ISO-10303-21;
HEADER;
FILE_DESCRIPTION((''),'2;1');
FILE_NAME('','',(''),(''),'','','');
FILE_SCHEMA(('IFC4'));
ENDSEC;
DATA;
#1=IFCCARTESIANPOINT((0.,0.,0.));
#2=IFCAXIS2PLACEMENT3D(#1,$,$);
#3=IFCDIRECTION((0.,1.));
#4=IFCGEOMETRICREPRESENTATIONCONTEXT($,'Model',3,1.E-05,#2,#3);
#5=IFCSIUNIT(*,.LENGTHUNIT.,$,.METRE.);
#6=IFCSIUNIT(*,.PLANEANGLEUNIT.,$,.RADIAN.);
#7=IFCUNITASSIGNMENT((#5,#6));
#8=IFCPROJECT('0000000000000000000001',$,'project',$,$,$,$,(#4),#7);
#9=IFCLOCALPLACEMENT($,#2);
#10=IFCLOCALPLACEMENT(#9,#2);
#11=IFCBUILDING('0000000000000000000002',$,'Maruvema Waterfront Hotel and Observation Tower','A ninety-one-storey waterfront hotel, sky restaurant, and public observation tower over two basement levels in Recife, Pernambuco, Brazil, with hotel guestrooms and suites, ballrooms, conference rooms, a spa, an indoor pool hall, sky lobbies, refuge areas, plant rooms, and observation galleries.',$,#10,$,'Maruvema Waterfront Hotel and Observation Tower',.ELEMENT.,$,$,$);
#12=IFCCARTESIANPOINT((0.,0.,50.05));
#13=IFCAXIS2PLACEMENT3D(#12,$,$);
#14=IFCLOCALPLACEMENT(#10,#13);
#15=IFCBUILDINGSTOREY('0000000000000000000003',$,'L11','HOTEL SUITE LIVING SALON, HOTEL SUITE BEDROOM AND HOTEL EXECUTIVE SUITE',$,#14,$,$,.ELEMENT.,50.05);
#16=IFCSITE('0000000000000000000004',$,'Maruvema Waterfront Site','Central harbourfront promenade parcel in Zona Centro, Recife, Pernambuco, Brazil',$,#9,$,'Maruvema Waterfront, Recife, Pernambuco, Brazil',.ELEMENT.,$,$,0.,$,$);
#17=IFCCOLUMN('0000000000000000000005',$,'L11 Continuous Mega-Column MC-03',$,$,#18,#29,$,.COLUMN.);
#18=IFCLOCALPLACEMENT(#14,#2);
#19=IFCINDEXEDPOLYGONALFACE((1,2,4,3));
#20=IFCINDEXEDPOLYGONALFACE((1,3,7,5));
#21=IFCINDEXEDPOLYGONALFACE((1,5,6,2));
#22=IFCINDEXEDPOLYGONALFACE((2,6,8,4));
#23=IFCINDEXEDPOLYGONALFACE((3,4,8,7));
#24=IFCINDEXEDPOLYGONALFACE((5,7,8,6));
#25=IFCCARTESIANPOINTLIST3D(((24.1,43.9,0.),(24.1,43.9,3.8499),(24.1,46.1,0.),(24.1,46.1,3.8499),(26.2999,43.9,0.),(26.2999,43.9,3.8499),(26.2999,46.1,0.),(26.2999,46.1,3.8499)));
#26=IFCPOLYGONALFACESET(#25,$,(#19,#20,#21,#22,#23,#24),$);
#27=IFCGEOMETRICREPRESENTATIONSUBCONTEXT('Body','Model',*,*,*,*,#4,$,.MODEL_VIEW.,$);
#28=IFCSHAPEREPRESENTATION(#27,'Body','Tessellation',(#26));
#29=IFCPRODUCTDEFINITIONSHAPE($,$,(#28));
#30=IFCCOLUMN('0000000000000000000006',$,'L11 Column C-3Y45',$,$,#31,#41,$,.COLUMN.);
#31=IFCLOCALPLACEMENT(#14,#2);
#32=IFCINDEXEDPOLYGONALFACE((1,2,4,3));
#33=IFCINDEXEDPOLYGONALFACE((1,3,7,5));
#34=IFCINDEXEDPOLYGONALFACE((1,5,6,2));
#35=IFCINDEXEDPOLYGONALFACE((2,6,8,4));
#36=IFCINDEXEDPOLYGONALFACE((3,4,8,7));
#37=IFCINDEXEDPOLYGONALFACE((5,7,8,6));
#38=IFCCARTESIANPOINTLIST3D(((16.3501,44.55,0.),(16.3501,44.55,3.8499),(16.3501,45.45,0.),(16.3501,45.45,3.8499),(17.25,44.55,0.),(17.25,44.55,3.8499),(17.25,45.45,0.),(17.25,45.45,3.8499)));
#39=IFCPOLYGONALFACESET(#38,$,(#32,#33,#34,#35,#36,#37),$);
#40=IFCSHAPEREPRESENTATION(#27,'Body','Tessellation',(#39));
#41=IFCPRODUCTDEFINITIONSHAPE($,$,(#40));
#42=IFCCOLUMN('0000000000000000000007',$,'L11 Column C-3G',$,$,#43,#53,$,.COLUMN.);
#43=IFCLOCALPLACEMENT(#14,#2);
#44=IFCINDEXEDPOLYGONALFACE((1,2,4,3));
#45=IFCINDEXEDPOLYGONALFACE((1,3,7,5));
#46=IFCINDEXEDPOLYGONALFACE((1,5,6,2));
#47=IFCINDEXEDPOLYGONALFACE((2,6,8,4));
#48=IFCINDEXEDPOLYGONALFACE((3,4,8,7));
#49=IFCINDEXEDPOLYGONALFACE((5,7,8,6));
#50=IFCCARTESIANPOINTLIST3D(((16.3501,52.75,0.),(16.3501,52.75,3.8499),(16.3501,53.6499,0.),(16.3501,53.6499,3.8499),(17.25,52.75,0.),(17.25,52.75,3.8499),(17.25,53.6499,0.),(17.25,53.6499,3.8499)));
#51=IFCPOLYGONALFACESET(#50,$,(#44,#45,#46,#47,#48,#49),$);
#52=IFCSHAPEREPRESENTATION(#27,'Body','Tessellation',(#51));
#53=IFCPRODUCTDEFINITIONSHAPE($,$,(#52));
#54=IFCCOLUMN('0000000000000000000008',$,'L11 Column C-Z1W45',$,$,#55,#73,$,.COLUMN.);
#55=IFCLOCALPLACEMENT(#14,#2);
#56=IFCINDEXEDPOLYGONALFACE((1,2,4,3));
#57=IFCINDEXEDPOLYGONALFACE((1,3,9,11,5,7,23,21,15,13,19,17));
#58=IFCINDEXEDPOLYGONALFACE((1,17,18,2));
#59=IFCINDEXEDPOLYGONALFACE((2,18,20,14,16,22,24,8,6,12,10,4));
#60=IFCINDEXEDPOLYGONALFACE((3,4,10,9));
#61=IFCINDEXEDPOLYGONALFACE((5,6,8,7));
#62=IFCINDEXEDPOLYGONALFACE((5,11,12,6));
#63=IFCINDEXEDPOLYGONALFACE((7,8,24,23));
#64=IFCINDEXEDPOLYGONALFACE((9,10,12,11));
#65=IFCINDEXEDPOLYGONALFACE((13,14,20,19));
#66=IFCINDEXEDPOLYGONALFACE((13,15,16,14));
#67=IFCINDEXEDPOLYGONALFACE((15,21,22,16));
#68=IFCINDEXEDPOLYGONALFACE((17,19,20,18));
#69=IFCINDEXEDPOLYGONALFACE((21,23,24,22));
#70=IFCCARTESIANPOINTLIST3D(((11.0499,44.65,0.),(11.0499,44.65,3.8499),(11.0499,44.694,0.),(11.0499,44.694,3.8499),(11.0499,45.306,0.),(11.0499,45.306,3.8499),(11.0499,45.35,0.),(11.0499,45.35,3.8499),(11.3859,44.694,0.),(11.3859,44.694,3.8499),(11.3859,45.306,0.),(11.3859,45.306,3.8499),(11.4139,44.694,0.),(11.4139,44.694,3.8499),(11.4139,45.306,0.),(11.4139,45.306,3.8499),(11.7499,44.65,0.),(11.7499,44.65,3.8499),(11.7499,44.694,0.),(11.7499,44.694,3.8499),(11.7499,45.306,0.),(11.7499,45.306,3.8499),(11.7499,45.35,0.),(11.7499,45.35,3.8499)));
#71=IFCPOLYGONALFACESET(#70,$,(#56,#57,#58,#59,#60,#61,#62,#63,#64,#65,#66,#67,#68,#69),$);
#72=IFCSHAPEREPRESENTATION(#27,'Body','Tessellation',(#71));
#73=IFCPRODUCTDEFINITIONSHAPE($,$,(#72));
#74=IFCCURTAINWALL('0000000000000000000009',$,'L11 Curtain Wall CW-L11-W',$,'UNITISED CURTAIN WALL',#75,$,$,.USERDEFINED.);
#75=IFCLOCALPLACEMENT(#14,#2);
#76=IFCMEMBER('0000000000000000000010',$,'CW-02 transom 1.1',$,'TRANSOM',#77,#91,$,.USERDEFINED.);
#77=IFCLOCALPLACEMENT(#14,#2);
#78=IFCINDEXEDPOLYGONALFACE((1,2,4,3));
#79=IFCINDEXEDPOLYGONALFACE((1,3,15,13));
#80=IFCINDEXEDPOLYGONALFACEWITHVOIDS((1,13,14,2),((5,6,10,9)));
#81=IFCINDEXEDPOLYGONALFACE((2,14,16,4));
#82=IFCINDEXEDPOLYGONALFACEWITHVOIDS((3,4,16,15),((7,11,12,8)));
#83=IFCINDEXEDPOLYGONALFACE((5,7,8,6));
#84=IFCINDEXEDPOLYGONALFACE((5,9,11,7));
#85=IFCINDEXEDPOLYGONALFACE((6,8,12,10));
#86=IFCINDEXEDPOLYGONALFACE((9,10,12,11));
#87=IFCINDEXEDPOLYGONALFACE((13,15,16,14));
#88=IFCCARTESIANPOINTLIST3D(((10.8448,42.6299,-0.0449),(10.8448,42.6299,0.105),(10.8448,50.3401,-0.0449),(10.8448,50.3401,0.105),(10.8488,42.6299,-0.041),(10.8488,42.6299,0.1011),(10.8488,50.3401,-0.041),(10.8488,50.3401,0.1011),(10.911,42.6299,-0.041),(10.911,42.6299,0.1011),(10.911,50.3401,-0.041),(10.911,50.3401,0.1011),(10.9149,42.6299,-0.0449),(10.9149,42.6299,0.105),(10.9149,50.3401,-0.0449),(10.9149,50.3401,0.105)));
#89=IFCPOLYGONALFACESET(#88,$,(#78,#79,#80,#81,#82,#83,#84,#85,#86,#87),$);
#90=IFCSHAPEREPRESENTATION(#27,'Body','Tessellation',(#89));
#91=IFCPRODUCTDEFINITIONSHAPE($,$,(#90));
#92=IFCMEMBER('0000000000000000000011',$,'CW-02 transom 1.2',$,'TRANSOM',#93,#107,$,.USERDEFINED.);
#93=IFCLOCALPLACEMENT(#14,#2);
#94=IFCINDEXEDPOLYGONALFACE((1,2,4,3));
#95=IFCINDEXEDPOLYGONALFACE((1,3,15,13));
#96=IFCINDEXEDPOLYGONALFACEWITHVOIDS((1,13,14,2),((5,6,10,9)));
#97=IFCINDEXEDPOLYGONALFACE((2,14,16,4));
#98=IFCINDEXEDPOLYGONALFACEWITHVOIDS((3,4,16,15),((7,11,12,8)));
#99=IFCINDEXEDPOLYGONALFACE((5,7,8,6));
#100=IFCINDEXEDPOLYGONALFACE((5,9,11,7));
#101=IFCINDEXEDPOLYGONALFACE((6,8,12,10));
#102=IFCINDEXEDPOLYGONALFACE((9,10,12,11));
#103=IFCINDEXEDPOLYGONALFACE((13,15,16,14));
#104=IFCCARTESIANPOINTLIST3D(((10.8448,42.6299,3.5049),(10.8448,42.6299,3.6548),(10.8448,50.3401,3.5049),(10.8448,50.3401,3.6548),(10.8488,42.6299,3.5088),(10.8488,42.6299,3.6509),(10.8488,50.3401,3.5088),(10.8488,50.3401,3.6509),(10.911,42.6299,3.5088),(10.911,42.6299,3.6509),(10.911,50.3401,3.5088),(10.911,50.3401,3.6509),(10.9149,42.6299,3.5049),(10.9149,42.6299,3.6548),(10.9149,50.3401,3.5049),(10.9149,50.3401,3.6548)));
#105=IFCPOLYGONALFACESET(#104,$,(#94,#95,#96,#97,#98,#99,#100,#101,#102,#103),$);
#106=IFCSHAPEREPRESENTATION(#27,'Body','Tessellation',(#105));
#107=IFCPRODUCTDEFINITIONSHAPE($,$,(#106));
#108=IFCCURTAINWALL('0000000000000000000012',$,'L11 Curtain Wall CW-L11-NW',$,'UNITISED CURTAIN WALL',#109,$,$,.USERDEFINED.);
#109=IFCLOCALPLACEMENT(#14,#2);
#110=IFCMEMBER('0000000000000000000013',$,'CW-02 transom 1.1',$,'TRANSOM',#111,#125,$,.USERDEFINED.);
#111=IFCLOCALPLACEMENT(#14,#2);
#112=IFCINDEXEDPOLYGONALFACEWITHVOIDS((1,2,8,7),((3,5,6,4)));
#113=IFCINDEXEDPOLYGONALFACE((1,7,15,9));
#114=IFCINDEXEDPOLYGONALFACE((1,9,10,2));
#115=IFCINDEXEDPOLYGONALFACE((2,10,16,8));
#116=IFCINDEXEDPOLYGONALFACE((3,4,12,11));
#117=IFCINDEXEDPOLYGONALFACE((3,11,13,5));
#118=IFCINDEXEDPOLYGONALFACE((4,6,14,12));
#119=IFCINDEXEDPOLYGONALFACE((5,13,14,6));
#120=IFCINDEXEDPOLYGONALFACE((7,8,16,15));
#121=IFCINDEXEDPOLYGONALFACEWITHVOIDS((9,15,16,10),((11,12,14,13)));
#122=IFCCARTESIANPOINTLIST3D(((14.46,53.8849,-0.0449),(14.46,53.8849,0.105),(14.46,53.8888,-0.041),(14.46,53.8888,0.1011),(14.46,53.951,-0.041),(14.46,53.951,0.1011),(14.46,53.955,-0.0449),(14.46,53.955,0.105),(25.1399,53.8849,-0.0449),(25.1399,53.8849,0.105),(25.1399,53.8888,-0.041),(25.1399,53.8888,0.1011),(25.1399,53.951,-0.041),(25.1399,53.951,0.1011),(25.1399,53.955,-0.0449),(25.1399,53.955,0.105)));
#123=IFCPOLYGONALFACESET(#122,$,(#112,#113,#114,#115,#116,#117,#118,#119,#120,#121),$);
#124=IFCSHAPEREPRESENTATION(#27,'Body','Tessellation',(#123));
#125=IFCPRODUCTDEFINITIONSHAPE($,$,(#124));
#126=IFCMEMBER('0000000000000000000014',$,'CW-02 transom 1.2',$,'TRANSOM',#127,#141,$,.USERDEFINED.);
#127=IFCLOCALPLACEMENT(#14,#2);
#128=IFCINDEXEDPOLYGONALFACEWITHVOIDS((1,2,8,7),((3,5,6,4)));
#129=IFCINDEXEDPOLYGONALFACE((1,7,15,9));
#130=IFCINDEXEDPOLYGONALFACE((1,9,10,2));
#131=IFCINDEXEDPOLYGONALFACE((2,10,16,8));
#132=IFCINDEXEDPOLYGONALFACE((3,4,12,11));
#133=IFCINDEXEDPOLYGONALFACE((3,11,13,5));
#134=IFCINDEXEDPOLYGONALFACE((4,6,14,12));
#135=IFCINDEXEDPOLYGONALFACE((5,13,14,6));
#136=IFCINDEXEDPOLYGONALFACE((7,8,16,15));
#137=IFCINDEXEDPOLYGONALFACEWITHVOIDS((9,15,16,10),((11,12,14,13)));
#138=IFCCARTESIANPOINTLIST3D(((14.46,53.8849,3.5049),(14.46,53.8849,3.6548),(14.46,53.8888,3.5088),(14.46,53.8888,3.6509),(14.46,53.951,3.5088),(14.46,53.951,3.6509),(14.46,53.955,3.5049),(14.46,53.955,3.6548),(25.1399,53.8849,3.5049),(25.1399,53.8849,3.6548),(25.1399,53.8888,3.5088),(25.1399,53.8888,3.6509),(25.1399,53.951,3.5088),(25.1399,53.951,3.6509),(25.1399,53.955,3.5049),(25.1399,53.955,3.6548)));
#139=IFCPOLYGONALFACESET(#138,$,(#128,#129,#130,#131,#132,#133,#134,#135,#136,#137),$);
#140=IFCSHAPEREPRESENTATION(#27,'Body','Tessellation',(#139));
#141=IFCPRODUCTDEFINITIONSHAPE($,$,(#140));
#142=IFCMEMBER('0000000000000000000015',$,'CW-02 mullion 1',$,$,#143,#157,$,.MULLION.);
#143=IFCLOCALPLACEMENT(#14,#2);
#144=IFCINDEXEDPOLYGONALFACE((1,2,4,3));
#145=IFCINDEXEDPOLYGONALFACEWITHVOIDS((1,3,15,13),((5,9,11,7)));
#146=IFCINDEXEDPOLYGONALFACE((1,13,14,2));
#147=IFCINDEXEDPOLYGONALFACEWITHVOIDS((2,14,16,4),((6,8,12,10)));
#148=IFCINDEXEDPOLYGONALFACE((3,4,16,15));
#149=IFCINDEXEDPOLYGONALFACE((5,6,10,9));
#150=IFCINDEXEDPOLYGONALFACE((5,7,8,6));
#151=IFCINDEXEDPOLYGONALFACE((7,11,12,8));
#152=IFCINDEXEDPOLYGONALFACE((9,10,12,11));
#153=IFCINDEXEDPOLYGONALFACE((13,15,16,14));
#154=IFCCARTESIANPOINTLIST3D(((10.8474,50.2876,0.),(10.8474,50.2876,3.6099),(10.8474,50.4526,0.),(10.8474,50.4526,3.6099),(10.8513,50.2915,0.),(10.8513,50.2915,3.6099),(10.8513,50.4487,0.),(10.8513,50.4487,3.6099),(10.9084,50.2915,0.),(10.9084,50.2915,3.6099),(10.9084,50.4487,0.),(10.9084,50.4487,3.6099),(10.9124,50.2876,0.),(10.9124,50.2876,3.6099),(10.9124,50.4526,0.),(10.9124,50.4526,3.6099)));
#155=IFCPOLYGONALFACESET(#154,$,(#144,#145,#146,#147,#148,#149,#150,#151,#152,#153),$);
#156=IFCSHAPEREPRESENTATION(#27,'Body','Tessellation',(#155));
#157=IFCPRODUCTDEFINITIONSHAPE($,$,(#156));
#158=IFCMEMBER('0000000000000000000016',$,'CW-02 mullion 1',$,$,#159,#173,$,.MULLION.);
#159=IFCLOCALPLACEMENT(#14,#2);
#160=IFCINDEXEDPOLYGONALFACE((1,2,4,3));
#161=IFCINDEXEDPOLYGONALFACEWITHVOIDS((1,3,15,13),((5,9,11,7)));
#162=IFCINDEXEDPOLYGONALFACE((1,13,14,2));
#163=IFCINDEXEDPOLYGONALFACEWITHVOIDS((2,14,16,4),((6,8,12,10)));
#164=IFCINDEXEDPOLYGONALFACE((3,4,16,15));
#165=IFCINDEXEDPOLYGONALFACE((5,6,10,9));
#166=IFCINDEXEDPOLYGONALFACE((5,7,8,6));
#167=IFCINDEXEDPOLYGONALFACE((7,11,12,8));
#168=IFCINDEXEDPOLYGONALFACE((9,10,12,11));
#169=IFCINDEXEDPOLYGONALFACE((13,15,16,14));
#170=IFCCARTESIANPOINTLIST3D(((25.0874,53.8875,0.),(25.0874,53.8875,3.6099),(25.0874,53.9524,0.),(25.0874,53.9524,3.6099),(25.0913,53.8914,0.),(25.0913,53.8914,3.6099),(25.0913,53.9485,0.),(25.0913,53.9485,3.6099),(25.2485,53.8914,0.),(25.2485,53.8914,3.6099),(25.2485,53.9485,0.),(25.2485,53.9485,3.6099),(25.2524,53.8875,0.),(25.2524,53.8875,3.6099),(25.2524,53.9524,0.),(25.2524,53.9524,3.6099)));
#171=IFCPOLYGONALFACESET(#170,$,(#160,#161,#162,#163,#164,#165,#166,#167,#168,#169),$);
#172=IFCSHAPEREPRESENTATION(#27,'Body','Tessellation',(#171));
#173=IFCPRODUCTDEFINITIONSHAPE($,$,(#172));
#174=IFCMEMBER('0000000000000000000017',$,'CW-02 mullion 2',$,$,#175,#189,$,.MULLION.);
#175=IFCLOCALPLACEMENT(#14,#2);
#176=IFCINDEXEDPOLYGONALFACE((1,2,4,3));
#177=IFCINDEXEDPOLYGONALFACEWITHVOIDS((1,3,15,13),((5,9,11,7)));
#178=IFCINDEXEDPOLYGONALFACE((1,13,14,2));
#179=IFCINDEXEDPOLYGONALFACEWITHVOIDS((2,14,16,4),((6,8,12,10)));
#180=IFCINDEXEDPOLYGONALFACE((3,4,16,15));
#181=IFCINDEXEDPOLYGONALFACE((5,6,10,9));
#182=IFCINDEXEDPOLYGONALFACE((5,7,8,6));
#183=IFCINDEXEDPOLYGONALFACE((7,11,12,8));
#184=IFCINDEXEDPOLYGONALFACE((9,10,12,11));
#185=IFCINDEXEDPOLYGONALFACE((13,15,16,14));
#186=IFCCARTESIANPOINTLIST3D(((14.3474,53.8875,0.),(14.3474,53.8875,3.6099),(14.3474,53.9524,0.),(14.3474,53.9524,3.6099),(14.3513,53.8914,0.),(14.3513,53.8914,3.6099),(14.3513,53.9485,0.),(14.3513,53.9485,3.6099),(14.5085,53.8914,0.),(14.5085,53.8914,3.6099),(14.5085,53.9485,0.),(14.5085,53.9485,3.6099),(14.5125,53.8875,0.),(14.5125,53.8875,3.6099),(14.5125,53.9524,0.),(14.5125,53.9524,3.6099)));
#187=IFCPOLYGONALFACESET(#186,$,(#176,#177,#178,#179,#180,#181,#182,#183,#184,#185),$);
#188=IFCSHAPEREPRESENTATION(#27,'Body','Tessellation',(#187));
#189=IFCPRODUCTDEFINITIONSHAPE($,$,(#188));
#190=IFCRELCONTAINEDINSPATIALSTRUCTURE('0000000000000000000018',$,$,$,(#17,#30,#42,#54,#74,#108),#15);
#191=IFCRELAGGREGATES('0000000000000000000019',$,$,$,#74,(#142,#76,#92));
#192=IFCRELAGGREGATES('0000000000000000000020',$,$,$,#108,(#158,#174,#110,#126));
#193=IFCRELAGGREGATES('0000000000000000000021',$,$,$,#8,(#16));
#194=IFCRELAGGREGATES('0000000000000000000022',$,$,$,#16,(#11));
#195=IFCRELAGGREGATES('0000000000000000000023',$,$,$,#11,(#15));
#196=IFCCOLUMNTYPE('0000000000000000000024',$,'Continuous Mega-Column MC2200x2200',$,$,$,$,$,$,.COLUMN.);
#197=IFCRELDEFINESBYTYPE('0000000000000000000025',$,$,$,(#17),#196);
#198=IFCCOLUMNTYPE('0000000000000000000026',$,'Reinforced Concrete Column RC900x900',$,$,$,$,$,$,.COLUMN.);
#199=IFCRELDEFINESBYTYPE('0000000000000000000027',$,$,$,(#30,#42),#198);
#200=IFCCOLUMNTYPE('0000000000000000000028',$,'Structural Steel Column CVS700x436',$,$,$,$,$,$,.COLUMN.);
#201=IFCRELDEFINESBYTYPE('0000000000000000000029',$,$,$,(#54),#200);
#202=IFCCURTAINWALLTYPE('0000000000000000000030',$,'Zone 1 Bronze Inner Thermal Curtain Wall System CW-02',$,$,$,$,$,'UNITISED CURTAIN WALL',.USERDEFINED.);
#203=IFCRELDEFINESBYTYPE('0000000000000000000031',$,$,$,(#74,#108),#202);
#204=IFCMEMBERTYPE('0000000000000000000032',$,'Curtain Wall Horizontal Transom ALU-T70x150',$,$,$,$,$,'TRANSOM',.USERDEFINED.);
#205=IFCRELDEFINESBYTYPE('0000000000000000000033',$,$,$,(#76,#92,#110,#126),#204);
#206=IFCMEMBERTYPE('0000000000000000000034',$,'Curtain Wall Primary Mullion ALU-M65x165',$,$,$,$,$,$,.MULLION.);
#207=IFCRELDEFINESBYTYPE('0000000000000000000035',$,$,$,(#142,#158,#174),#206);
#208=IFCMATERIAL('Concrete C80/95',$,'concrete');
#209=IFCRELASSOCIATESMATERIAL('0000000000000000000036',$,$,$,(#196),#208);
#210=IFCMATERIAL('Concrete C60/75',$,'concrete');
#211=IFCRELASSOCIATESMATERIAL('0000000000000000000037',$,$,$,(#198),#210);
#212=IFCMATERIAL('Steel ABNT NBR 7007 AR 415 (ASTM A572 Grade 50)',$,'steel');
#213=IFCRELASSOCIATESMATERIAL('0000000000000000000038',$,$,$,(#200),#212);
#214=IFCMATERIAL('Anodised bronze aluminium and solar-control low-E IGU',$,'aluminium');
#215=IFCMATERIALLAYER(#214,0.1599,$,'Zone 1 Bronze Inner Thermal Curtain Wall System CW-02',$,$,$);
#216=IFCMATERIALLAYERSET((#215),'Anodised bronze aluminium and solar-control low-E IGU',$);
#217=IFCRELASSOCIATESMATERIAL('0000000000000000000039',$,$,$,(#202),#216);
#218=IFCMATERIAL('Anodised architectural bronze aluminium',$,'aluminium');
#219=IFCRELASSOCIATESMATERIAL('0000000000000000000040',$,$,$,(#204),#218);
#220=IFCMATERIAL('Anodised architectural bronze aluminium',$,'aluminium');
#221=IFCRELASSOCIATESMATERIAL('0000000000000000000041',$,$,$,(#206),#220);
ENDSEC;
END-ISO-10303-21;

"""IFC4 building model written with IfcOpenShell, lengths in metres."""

from ifc_helpers import new_model, si_unit, direction, frame, origin, origin_2d, place, context, subcontext, project, spatial, rectangle, hollow_rectangle, i_section, extrude, material, layer, layer_set, material_profile, profile_set, type_object, element, aggregate, save


model = new_model("IFC4")

# Units and contexts
model_context = context("Model", 3, precision=1e-05, world=origin(), true_north=direction((0.0, 1.0)))
body_context = subcontext(model_context, "Body", "Model", "MODEL_VIEW")
ifc_project = project(units=[si_unit("LENGTHUNIT", "METRE"), si_unit("PLANEANGLEUNIT", "RADIAN")], contexts=[model_context])

# Site, building, storey
site_placement = place(None, origin())
site = spatial("IfcSite", under=ifc_project, at=site_placement, Name="Maruvema Waterfront Site", Description="Central harbourfront promenade parcel in Zona Centro, Recife, Pernambuco, Brazil", LongName="Maruvema Waterfront, Recife, Pernambuco, Brazil", CompositionType="ELEMENT", RefElevation=0.0)
building_placement = place(site_placement, origin())
building = spatial("IfcBuilding", under=site, at=building_placement, Name="Maruvema Waterfront Hotel and Observation Tower", Description="A ninety-one-storey waterfront hotel, sky restaurant, and public observation tower over two basement levels in Recife, Pernambuco, Brazil, with hotel guestrooms and suites, ballrooms, conference rooms, a spa, an indoor pool hall, sky lobbies, refuge areas, plant rooms, and observation galleries.", LongName="Maruvema Waterfront Hotel and Observation Tower", CompositionType="ELEMENT")
storey_placement = place(building_placement, frame((0.0, 0.0, 50.05)))
storey = spatial("IfcBuildingStorey", under=building, at=storey_placement, Name="L11", Description="HOTEL SUITE LIVING SALON, HOTEL SUITE BEDROOM AND HOTEL EXECUTIVE SUITE", CompositionType="ELEMENT", Elevation=50.05)

# Columns
ifc_material_1 = material(Name="Concrete C80/95", Category="concrete")
ifc_material_profile_1 = material_profile(ifc_material_1, rectangle(XDim=2.2, YDim=2.2, at=origin_2d()), Name="MC2200x2200")
ifc_profile_set_1 = profile_set([ifc_material_profile_1], Name="Concrete C80/95")
column_type_1 = type_object("IfcColumnType", Name="Continuous Mega-Column MC2200x2200", PredefinedType="COLUMN", material=ifc_profile_set_1)
column_1_placement = place(storey_placement, frame((25.2, 45.0, 0.0), z_axis=(0.0, 0.0, 1.0), x_axis=(1.0, 0.0, 0.0)))
element("IfcColumn", 1, at=column_1_placement, inside=storey, type_object=column_type_1, Name="L11 Continuous Mega-Column MC-03", PredefinedType="COLUMN", context=body_context, shape_type="SweptSolid", body=[
    extrude(rectangle(XDim=2.2, YDim=2.2, at=origin_2d()), origin(), (0.0, 0.0, 1.0), 3.8499),
])
ifc_material_2 = material(Name="Concrete C60/75", Category="concrete")
ifc_material_profile_2 = material_profile(ifc_material_2, rectangle(XDim=0.8999, YDim=0.8999, at=origin_2d()), Name="RC900x900")
ifc_profile_set_2 = profile_set([ifc_material_profile_2], Name="Concrete C60/75")
column_type_2 = type_object("IfcColumnType", Name="Reinforced Concrete Column RC900x900", PredefinedType="COLUMN", material=ifc_profile_set_2)
for number, where, z_axis, x_axis, name in (
    (2, (16.8, 45.0, 0.0), (0.0, 0.0, 1.0), (1.0, 0.0, 0.0), "L11 Column C-3Y45"),
    (3, (16.8, 53.2, 0.0), (0.0, 0.0, 1.0), (1.0, 0.0, 0.0), "L11 Column C-3G"),
):
    element("IfcColumn", number, at=place(storey_placement, frame(where, z_axis=z_axis, x_axis=x_axis)), inside=storey, type_object=column_type_2, Name=name, PredefinedType="COLUMN", context=body_context, shape_type="SweptSolid", body=[
        extrude(rectangle(XDim=0.8999, YDim=0.8999, at=origin_2d()), origin(), (0.0, 0.0, 1.0), 3.8499),
    ])
ifc_material_3 = material(Name="Steel ABNT NBR 7007 AR 415 (ASTM A572 Grade 50)", Category="steel")
ifc_material_profile_3 = material_profile(ifc_material_3, i_section(OverallWidth=0.7, OverallDepth=0.7, WebThickness=0.0281, FlangeThickness=0.0439, at=origin_2d()), Name="CVS700x436")
ifc_profile_set_3 = profile_set([ifc_material_profile_3], Name="Steel ABNT NBR 7007 AR 415 (ASTM A572 Grade 50)")
column_type_3 = type_object("IfcColumnType", Name="Structural Steel Column CVS700x436", PredefinedType="COLUMN", material=ifc_profile_set_3)
column_2_placement = place(storey_placement, frame((11.3999, 45.0, 0.0), z_axis=(0.0, 0.0, 1.0), x_axis=(1.0, 0.0, 0.0)))
element("IfcColumn", 4, at=column_2_placement, inside=storey, type_object=column_type_3, Name="L11 Column C-Z1W45", PredefinedType="COLUMN", context=body_context, shape_type="SweptSolid", body=[
    extrude(i_section(OverallWidth=0.7, OverallDepth=0.7, WebThickness=0.0281, FlangeThickness=0.0439, at=origin_2d()), origin(), (0.0, 0.0, 1.0), 3.8499),
])

# Curtain walls, members
ifc_material_4 = material(Name="Anodised bronze aluminium and solar-control low-E IGU", Category="aluminium")
ifc_layer_1 = layer(ifc_material_4, 0.1599, Name="Zone 1 Bronze Inner Thermal Curtain Wall System CW-02")
ifc_layer_set_1 = layer_set([ifc_layer_1], Name="Anodised bronze aluminium and solar-control low-E IGU")
curtain_wall_type = type_object("IfcCurtainWallType", Name="Zone 1 Bronze Inner Thermal Curtain Wall System CW-02", ElementType="UNITISED CURTAIN WALL", PredefinedType="USERDEFINED", material=ifc_layer_set_1)
curtain_wall_1_placement = place(storey_placement, origin())
curtain_wall_1 = element("IfcCurtainWall", 5, at=curtain_wall_1_placement, inside=storey, type_object=curtain_wall_type, Name="L11 Curtain Wall CW-L11-W", ObjectType="UNITISED CURTAIN WALL", PredefinedType="USERDEFINED")
ifc_material_5 = material(Name="Anodised architectural bronze aluminium", Category="aluminium")
ifc_material_profile_4 = material_profile(ifc_material_5, hollow_rectangle(XDim=0.0701, YDim=0.1499, WallThickness=0.0039, at=origin_2d()), Name="ALU-T70x150")
ifc_profile_set_4 = profile_set([ifc_material_profile_4], Name="Anodised architectural bronze aluminium")
member_type_1 = type_object("IfcMemberType", Name="Curtain Wall Horizontal Transom ALU-T70x150", ElementType="TRANSOM", PredefinedType="USERDEFINED", material=ifc_profile_set_4)
member_1_placement = place(storey_placement, frame((10.8799, 50.3401, 0.03), z_axis=(0.0, -1.0, 0.0), x_axis=(1.0, 0.0, 0.0)))
member_1 = element("IfcMember", 6, at=member_1_placement, type_object=member_type_1, Name="CW-02 transom 1.1", ObjectType="TRANSOM", PredefinedType="USERDEFINED", context=body_context, shape_type="SweptSolid", body=[
    extrude(hollow_rectangle(XDim=0.0701, YDim=0.1499, WallThickness=0.0039, at=origin_2d()), origin(), (0.0, 0.0, 1.0), 7.7102),
])
member_2_placement = place(storey_placement, frame((10.8799, 50.3401, 3.5798), z_axis=(0.0, -1.0, 0.0), x_axis=(1.0, 0.0, 0.0)))
member_2 = element("IfcMember", 7, at=member_2_placement, type_object=member_type_1, Name="CW-02 transom 1.2", ObjectType="TRANSOM", PredefinedType="USERDEFINED", context=body_context, shape_type="SweptSolid", body=[
    extrude(hollow_rectangle(XDim=0.0701, YDim=0.1499, WallThickness=0.0039, at=origin_2d()), origin(), (0.0, 0.0, 1.0), 7.7102),
])
curtain_wall_2_placement = place(storey_placement, origin())
curtain_wall_2 = element("IfcCurtainWall", 8, at=curtain_wall_2_placement, inside=storey, type_object=curtain_wall_type, Name="L11 Curtain Wall CW-L11-NW", ObjectType="UNITISED CURTAIN WALL", PredefinedType="USERDEFINED")
member_3_placement = place(storey_placement, frame((25.1399, 53.9199, 0.03), z_axis=(-1.0, 0.0, 0.0), x_axis=(0.0, -1.0, 0.0)))
member_3 = element("IfcMember", 9, at=member_3_placement, type_object=member_type_1, Name="CW-02 transom 1.1", ObjectType="TRANSOM", PredefinedType="USERDEFINED", context=body_context, shape_type="SweptSolid", body=[
    extrude(hollow_rectangle(XDim=0.0701, YDim=0.1499, WallThickness=0.0039, at=origin_2d()), origin(), (0.0, 0.0, 1.0), 10.6799),
])
member_4_placement = place(storey_placement, frame((25.1399, 53.9199, 3.5798), z_axis=(-1.0, 0.0, 0.0), x_axis=(0.0, -1.0, 0.0)))
member_4 = element("IfcMember", 10, at=member_4_placement, type_object=member_type_1, Name="CW-02 transom 1.2", ObjectType="TRANSOM", PredefinedType="USERDEFINED", context=body_context, shape_type="SweptSolid", body=[
    extrude(hollow_rectangle(XDim=0.0701, YDim=0.1499, WallThickness=0.0039, at=origin_2d()), origin(), (0.0, 0.0, 1.0), 10.6799),
])

# Members
ifc_material_6 = material(Name="Anodised architectural bronze aluminium", Category="aluminium")
ifc_material_profile_5 = material_profile(ifc_material_6, hollow_rectangle(XDim=0.0649, YDim=0.165, WallThickness=0.0039, at=origin_2d()), Name="ALU-M65x165")
ifc_profile_set_5 = profile_set([ifc_material_profile_5], Name="Anodised architectural bronze aluminium")
member_type_2 = type_object("IfcMemberType", Name="Curtain Wall Primary Mullion ALU-M65x165", PredefinedType="MULLION", material=ifc_profile_set_5)
member_5_placement = place(storey_placement, frame((10.8799, 50.3701, 0.0), z_axis=(0.0, 0.0, 1.0), x_axis=(1.0, 0.0, 0.0)))
member_5 = element("IfcMember", 11, at=member_5_placement, type_object=member_type_2, Name="CW-02 mullion 1", PredefinedType="MULLION", context=body_context, shape_type="SweptSolid", body=[
    extrude(hollow_rectangle(XDim=0.0649, YDim=0.165, WallThickness=0.0039, at=origin_2d()), origin(), (0.0, 0.0, 1.0), 3.6099),
])
member_6_placement = place(storey_placement, frame((25.1699, 53.9199, 0.0), z_axis=(0.0, 0.0, 1.0), x_axis=(0.0, -1.0, 0.0)))
member_6 = element("IfcMember", 12, at=member_6_placement, type_object=member_type_2, Name="CW-02 mullion 1", PredefinedType="MULLION", context=body_context, shape_type="SweptSolid", body=[
    extrude(hollow_rectangle(XDim=0.0649, YDim=0.165, WallThickness=0.0039, at=origin_2d()), origin(), (0.0, 0.0, 1.0), 3.6099),
])
member_7_placement = place(storey_placement, frame((14.4299, 53.9199, 0.0), z_axis=(0.0, 0.0, 1.0), x_axis=(0.0, -1.0, 0.0)))
member_7 = element("IfcMember", 13, at=member_7_placement, type_object=member_type_2, Name="CW-02 mullion 2", PredefinedType="MULLION", context=body_context, shape_type="SweptSolid", body=[
    extrude(hollow_rectangle(XDim=0.0649, YDim=0.165, WallThickness=0.0039, at=origin_2d()), origin(), (0.0, 0.0, 1.0), 3.6099),
])

aggregate(curtain_wall_1, [member_5, member_1, member_2])
aggregate(curtain_wall_2, [member_6, member_7, member_3, member_4])

save(model, "model.ifc")
